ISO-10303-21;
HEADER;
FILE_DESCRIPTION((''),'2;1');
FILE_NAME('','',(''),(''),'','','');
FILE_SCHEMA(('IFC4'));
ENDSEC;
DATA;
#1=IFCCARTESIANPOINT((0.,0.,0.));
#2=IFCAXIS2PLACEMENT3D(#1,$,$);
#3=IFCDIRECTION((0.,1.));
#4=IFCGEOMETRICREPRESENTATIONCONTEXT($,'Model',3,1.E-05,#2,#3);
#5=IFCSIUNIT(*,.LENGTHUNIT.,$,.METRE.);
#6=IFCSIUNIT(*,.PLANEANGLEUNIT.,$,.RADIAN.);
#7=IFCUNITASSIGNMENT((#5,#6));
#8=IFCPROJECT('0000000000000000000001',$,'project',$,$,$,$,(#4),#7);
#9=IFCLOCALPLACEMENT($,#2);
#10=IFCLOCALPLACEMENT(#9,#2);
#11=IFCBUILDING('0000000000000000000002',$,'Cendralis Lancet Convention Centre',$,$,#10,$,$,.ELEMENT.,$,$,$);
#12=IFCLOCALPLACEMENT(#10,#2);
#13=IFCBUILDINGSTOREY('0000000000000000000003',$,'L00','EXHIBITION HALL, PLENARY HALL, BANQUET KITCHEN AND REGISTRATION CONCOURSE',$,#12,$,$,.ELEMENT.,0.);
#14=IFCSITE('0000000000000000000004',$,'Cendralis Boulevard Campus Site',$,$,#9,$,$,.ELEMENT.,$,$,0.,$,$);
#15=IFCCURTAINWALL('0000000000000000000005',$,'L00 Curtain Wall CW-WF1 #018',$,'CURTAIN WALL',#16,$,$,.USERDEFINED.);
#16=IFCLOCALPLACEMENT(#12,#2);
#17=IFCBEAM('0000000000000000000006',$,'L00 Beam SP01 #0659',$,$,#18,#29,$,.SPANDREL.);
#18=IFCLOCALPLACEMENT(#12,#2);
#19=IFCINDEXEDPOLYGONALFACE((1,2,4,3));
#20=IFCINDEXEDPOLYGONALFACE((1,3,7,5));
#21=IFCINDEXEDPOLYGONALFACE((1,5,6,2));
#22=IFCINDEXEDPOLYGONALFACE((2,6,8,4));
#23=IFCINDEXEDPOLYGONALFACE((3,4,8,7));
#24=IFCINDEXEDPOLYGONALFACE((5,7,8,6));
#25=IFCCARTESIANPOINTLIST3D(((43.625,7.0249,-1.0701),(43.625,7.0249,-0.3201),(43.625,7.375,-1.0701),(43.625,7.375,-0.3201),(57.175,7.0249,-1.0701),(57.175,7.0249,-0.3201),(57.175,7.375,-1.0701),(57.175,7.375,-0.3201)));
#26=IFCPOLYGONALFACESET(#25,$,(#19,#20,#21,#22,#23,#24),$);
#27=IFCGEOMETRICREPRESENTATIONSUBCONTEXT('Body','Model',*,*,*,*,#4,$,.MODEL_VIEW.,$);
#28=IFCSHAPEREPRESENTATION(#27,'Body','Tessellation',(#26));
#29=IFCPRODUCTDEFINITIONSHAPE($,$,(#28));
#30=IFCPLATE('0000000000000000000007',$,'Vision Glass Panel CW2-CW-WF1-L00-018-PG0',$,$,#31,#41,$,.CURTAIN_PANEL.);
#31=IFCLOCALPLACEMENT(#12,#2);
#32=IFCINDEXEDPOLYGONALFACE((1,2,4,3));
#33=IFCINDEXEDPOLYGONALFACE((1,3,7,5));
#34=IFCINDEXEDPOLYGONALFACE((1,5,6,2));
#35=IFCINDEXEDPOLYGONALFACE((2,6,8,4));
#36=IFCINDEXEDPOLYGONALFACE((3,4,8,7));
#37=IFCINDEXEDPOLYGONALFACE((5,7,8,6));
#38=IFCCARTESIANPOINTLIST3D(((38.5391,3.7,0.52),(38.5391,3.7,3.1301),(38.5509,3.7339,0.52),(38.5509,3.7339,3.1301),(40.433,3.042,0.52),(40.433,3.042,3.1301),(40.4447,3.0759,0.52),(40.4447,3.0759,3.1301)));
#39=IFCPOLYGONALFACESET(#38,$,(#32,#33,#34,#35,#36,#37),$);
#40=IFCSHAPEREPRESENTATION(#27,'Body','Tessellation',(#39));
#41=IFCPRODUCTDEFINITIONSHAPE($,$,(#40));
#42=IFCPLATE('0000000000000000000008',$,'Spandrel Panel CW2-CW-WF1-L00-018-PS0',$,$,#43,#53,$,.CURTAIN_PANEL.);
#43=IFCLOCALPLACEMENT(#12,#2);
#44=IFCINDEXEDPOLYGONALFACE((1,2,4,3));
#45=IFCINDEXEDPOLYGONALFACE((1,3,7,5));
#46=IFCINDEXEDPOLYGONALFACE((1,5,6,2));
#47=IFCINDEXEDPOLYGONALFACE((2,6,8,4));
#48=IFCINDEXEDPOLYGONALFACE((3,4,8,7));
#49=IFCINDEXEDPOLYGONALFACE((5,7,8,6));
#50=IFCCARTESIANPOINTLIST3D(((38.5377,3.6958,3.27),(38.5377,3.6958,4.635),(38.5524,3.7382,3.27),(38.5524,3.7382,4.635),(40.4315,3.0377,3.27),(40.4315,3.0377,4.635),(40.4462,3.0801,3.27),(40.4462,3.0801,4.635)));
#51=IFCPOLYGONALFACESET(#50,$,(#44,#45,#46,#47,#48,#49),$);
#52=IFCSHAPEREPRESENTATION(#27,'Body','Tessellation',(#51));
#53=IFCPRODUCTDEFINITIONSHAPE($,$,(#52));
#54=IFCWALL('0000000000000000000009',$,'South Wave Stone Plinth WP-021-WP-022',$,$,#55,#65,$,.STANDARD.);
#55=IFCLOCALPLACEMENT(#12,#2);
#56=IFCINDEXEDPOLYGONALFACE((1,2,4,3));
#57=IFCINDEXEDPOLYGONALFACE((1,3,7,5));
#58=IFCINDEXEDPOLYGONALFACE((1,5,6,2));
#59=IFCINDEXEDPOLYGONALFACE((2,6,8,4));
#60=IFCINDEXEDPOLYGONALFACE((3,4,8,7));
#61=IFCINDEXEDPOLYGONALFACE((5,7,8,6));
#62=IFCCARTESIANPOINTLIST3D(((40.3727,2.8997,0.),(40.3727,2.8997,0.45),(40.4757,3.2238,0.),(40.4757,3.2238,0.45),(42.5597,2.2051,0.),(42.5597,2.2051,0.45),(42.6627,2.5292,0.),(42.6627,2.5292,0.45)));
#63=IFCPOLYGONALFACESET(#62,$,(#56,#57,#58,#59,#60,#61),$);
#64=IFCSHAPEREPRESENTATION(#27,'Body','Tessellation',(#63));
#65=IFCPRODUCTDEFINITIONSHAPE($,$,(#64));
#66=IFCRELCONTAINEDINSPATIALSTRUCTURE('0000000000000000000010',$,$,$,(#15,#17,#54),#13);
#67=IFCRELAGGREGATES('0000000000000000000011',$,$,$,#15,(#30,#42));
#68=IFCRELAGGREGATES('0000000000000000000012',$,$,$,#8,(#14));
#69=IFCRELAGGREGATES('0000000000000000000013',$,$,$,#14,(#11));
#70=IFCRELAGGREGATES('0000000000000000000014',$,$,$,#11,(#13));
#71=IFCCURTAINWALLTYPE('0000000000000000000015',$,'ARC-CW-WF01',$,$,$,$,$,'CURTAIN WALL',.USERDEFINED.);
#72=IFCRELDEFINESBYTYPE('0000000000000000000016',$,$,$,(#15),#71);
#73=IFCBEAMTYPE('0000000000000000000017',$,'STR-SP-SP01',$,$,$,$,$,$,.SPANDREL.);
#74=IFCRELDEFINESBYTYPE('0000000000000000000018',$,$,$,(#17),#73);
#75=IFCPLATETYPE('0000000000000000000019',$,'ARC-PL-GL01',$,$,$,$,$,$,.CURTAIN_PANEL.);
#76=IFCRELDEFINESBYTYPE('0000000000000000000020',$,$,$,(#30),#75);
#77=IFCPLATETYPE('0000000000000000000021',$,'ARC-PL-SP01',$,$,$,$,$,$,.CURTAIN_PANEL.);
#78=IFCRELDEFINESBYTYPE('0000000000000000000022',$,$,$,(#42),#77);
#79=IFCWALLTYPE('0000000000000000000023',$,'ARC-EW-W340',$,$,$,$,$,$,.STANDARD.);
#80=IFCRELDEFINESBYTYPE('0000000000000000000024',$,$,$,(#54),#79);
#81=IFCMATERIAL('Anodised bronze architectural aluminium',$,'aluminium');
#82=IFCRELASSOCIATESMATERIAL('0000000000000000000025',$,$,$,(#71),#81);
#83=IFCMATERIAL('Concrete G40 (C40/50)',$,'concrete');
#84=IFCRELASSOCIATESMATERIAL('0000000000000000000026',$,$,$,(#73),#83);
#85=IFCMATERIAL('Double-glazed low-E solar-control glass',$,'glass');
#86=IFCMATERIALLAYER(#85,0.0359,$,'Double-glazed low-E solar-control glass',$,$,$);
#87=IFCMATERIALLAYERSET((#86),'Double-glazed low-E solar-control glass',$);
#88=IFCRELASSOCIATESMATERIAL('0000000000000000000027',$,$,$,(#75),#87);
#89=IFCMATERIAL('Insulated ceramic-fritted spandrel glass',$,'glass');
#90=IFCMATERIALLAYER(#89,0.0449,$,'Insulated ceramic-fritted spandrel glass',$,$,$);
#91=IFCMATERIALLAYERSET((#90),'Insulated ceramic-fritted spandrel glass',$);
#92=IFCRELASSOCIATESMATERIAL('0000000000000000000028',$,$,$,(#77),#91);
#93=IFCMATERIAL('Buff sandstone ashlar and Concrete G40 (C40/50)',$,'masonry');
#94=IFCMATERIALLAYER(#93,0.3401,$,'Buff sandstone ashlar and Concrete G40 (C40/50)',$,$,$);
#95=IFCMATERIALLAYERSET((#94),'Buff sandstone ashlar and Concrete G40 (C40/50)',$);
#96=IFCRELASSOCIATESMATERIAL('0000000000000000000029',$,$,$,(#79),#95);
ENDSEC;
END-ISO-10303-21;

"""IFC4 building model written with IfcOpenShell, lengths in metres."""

from ifc_helpers import new_model, si_unit, direction, frame, frame_2d, origin, origin_2d, place, context, subcontext, project, spatial, rectangle, extrude, material, layer, layer_set, material_profile, profile_set, type_object, element, aggregate, save


model = new_model("IFC4")

# Units and contexts
model_context = context("Model", 3, precision=1e-05, world=origin(), true_north=direction((0.0, 1.0)))
body_context = subcontext(model_context, "Body", "Model", "MODEL_VIEW")
ifc_project = project(units=[si_unit("LENGTHUNIT", "METRE"), si_unit("PLANEANGLEUNIT", "RADIAN")], contexts=[model_context])

# Site, building, storey
site_placement = place(None, origin())
site = spatial("IfcSite", under=ifc_project, at=site_placement, Name="Cendralis Boulevard Campus Site", CompositionType="ELEMENT", RefElevation=0.0)
building_placement = place(site_placement, origin())
building = spatial("IfcBuilding", under=site, at=building_placement, Name="Cendralis Lancet Convention Centre", CompositionType="ELEMENT")
storey_placement = place(building_placement, origin())
storey = spatial("IfcBuildingStorey", under=building, at=storey_placement, Name="L00", Description="EXHIBITION HALL, PLENARY HALL, BANQUET KITCHEN AND REGISTRATION CONCOURSE", CompositionType="ELEMENT", Elevation=0.0)

# Shared definitions
ifc_material_1 = material(Name="Concrete G40 (C40/50)", Category="concrete")

# Curtain wall
ifc_material_2 = material(Name="Anodised bronze architectural aluminium", Category="aluminium")
curtain_wall_type = type_object("IfcCurtainWallType", Name="ARC-CW-WF01", ElementType="CURTAIN WALL", PredefinedType="USERDEFINED", material=ifc_material_2)
curtain_wall_1_placement = place(storey_placement, origin())
curtain_wall_1 = element("IfcCurtainWall", 1, at=curtain_wall_1_placement, inside=storey, type_object=curtain_wall_type, Name="L00 Curtain Wall CW-WF1 #018", ObjectType="CURTAIN WALL", PredefinedType="USERDEFINED")

# Beam
ifc_material_profile_1 = material_profile(ifc_material_1, rectangle(XDim=0.3501, YDim=0.75, at=origin_2d()), Name="RCB 350x750")
ifc_profile_set_1 = profile_set([ifc_material_profile_1], Name="Concrete G40 (C40/50)")
beam_type_1 = type_object("IfcBeamType", Name="STR-SP-SP01", PredefinedType="SPANDREL", material=ifc_profile_set_1)
beam_1_placement = place(storey_placement, frame((43.625, 7.2, -0.6951), z_axis=(1.0, 0.0, 0.0), x_axis=(0.0, 1.0, 0.0)))
element("IfcBeam", 2, at=beam_1_placement, inside=storey, type_object=beam_type_1, Name="L00 Beam SP01 #0659", PredefinedType="SPANDREL", context=body_context, shape_type="SweptSolid", body=[
    extrude(rectangle(XDim=0.3501, YDim=0.75, at=origin_2d()), origin(), (0.0, 0.0, 1.0), 13.55),
])

# Plates
ifc_material_3 = material(Name="Double-glazed low-E solar-control glass", Category="glass")
ifc_layer_1 = layer(ifc_material_3, 0.0359, Name="Double-glazed low-E solar-control glass")
ifc_layer_set_1 = layer_set([ifc_layer_1], Name="Double-glazed low-E solar-control glass")
plate_type_1 = type_object("IfcPlateType", Name="ARC-PL-GL01", PredefinedType="CURTAIN_PANEL", material=ifc_layer_set_1)
plate_1_placement = place(storey_placement, frame((39.4919, 3.3879, 0.52), z_axis=(0.0, 0.0, 1.0), x_axis=(0.944597, -0.328231, 0.0)))
plate_1 = element("IfcPlate", 3, at=plate_1_placement, type_object=plate_type_1, Name="Vision Glass Panel CW2-CW-WF1-L00-018-PG0", PredefinedType="CURTAIN_PANEL", context=body_context, shape_type="SweptSolid", body=[
    extrude(rectangle(XDim=2.0049, YDim=0.0359, at=origin_2d()), origin(), (0.0, 0.0, 1.0), 2.6101),
])
ifc_material_4 = material(Name="Insulated ceramic-fritted spandrel glass", Category="glass")
ifc_layer_2 = layer(ifc_material_4, 0.0449, Name="Insulated ceramic-fritted spandrel glass")
ifc_layer_set_2 = layer_set([ifc_layer_2], Name="Insulated ceramic-fritted spandrel glass")
plate_type_2 = type_object("IfcPlateType", Name="ARC-PL-SP01", PredefinedType="CURTAIN_PANEL", material=ifc_layer_set_2)
plate_2_placement = place(storey_placement, frame((39.4919, 3.3879, 3.27), z_axis=(0.0, 0.0, 1.0), x_axis=(0.944597, -0.328231, 0.0)))
plate_2 = element("IfcPlate", 4, at=plate_2_placement, type_object=plate_type_2, Name="Spandrel Panel CW2-CW-WF1-L00-018-PS0", PredefinedType="CURTAIN_PANEL", context=body_context, shape_type="SweptSolid", body=[
    extrude(rectangle(XDim=2.0049, YDim=0.0449, at=origin_2d()), origin(), (0.0, 0.0, 1.0), 1.365),
])
aggregate(curtain_wall_1, [plate_1, plate_2])

# Wall
ifc_material_5 = material(Name="Buff sandstone ashlar and Concrete G40 (C40/50)", Category="masonry")
ifc_layer_3 = layer(ifc_material_5, 0.3401, Name="Buff sandstone ashlar and Concrete G40 (C40/50)")
ifc_layer_set_3 = layer_set([ifc_layer_3], Name="Buff sandstone ashlar and Concrete G40 (C40/50)")
wall_type = type_object("IfcWallType", Name="ARC-EW-W340", PredefinedType="STANDARD", material=ifc_layer_set_3)
wall_placement = place(storey_placement, frame((40.4241, 3.0618, 0.0), z_axis=(0.0, 0.0, 1.0), x_axis=(0.953088, -0.302694, 0.0)))
element("IfcWall", 5, at=wall_placement, inside=storey, type_object=wall_type, Name="South Wave Stone Plinth WP-021-WP-022", PredefinedType="STANDARD", context=body_context, shape_type="SweptSolid", body=[
    extrude(rectangle(XDim=2.2947, YDim=0.3401, at=frame_2d((1.1475, 0.0))), origin(), (0.0, 0.0, 1.0), 0.45),
])

save(model, "model.ifc")
